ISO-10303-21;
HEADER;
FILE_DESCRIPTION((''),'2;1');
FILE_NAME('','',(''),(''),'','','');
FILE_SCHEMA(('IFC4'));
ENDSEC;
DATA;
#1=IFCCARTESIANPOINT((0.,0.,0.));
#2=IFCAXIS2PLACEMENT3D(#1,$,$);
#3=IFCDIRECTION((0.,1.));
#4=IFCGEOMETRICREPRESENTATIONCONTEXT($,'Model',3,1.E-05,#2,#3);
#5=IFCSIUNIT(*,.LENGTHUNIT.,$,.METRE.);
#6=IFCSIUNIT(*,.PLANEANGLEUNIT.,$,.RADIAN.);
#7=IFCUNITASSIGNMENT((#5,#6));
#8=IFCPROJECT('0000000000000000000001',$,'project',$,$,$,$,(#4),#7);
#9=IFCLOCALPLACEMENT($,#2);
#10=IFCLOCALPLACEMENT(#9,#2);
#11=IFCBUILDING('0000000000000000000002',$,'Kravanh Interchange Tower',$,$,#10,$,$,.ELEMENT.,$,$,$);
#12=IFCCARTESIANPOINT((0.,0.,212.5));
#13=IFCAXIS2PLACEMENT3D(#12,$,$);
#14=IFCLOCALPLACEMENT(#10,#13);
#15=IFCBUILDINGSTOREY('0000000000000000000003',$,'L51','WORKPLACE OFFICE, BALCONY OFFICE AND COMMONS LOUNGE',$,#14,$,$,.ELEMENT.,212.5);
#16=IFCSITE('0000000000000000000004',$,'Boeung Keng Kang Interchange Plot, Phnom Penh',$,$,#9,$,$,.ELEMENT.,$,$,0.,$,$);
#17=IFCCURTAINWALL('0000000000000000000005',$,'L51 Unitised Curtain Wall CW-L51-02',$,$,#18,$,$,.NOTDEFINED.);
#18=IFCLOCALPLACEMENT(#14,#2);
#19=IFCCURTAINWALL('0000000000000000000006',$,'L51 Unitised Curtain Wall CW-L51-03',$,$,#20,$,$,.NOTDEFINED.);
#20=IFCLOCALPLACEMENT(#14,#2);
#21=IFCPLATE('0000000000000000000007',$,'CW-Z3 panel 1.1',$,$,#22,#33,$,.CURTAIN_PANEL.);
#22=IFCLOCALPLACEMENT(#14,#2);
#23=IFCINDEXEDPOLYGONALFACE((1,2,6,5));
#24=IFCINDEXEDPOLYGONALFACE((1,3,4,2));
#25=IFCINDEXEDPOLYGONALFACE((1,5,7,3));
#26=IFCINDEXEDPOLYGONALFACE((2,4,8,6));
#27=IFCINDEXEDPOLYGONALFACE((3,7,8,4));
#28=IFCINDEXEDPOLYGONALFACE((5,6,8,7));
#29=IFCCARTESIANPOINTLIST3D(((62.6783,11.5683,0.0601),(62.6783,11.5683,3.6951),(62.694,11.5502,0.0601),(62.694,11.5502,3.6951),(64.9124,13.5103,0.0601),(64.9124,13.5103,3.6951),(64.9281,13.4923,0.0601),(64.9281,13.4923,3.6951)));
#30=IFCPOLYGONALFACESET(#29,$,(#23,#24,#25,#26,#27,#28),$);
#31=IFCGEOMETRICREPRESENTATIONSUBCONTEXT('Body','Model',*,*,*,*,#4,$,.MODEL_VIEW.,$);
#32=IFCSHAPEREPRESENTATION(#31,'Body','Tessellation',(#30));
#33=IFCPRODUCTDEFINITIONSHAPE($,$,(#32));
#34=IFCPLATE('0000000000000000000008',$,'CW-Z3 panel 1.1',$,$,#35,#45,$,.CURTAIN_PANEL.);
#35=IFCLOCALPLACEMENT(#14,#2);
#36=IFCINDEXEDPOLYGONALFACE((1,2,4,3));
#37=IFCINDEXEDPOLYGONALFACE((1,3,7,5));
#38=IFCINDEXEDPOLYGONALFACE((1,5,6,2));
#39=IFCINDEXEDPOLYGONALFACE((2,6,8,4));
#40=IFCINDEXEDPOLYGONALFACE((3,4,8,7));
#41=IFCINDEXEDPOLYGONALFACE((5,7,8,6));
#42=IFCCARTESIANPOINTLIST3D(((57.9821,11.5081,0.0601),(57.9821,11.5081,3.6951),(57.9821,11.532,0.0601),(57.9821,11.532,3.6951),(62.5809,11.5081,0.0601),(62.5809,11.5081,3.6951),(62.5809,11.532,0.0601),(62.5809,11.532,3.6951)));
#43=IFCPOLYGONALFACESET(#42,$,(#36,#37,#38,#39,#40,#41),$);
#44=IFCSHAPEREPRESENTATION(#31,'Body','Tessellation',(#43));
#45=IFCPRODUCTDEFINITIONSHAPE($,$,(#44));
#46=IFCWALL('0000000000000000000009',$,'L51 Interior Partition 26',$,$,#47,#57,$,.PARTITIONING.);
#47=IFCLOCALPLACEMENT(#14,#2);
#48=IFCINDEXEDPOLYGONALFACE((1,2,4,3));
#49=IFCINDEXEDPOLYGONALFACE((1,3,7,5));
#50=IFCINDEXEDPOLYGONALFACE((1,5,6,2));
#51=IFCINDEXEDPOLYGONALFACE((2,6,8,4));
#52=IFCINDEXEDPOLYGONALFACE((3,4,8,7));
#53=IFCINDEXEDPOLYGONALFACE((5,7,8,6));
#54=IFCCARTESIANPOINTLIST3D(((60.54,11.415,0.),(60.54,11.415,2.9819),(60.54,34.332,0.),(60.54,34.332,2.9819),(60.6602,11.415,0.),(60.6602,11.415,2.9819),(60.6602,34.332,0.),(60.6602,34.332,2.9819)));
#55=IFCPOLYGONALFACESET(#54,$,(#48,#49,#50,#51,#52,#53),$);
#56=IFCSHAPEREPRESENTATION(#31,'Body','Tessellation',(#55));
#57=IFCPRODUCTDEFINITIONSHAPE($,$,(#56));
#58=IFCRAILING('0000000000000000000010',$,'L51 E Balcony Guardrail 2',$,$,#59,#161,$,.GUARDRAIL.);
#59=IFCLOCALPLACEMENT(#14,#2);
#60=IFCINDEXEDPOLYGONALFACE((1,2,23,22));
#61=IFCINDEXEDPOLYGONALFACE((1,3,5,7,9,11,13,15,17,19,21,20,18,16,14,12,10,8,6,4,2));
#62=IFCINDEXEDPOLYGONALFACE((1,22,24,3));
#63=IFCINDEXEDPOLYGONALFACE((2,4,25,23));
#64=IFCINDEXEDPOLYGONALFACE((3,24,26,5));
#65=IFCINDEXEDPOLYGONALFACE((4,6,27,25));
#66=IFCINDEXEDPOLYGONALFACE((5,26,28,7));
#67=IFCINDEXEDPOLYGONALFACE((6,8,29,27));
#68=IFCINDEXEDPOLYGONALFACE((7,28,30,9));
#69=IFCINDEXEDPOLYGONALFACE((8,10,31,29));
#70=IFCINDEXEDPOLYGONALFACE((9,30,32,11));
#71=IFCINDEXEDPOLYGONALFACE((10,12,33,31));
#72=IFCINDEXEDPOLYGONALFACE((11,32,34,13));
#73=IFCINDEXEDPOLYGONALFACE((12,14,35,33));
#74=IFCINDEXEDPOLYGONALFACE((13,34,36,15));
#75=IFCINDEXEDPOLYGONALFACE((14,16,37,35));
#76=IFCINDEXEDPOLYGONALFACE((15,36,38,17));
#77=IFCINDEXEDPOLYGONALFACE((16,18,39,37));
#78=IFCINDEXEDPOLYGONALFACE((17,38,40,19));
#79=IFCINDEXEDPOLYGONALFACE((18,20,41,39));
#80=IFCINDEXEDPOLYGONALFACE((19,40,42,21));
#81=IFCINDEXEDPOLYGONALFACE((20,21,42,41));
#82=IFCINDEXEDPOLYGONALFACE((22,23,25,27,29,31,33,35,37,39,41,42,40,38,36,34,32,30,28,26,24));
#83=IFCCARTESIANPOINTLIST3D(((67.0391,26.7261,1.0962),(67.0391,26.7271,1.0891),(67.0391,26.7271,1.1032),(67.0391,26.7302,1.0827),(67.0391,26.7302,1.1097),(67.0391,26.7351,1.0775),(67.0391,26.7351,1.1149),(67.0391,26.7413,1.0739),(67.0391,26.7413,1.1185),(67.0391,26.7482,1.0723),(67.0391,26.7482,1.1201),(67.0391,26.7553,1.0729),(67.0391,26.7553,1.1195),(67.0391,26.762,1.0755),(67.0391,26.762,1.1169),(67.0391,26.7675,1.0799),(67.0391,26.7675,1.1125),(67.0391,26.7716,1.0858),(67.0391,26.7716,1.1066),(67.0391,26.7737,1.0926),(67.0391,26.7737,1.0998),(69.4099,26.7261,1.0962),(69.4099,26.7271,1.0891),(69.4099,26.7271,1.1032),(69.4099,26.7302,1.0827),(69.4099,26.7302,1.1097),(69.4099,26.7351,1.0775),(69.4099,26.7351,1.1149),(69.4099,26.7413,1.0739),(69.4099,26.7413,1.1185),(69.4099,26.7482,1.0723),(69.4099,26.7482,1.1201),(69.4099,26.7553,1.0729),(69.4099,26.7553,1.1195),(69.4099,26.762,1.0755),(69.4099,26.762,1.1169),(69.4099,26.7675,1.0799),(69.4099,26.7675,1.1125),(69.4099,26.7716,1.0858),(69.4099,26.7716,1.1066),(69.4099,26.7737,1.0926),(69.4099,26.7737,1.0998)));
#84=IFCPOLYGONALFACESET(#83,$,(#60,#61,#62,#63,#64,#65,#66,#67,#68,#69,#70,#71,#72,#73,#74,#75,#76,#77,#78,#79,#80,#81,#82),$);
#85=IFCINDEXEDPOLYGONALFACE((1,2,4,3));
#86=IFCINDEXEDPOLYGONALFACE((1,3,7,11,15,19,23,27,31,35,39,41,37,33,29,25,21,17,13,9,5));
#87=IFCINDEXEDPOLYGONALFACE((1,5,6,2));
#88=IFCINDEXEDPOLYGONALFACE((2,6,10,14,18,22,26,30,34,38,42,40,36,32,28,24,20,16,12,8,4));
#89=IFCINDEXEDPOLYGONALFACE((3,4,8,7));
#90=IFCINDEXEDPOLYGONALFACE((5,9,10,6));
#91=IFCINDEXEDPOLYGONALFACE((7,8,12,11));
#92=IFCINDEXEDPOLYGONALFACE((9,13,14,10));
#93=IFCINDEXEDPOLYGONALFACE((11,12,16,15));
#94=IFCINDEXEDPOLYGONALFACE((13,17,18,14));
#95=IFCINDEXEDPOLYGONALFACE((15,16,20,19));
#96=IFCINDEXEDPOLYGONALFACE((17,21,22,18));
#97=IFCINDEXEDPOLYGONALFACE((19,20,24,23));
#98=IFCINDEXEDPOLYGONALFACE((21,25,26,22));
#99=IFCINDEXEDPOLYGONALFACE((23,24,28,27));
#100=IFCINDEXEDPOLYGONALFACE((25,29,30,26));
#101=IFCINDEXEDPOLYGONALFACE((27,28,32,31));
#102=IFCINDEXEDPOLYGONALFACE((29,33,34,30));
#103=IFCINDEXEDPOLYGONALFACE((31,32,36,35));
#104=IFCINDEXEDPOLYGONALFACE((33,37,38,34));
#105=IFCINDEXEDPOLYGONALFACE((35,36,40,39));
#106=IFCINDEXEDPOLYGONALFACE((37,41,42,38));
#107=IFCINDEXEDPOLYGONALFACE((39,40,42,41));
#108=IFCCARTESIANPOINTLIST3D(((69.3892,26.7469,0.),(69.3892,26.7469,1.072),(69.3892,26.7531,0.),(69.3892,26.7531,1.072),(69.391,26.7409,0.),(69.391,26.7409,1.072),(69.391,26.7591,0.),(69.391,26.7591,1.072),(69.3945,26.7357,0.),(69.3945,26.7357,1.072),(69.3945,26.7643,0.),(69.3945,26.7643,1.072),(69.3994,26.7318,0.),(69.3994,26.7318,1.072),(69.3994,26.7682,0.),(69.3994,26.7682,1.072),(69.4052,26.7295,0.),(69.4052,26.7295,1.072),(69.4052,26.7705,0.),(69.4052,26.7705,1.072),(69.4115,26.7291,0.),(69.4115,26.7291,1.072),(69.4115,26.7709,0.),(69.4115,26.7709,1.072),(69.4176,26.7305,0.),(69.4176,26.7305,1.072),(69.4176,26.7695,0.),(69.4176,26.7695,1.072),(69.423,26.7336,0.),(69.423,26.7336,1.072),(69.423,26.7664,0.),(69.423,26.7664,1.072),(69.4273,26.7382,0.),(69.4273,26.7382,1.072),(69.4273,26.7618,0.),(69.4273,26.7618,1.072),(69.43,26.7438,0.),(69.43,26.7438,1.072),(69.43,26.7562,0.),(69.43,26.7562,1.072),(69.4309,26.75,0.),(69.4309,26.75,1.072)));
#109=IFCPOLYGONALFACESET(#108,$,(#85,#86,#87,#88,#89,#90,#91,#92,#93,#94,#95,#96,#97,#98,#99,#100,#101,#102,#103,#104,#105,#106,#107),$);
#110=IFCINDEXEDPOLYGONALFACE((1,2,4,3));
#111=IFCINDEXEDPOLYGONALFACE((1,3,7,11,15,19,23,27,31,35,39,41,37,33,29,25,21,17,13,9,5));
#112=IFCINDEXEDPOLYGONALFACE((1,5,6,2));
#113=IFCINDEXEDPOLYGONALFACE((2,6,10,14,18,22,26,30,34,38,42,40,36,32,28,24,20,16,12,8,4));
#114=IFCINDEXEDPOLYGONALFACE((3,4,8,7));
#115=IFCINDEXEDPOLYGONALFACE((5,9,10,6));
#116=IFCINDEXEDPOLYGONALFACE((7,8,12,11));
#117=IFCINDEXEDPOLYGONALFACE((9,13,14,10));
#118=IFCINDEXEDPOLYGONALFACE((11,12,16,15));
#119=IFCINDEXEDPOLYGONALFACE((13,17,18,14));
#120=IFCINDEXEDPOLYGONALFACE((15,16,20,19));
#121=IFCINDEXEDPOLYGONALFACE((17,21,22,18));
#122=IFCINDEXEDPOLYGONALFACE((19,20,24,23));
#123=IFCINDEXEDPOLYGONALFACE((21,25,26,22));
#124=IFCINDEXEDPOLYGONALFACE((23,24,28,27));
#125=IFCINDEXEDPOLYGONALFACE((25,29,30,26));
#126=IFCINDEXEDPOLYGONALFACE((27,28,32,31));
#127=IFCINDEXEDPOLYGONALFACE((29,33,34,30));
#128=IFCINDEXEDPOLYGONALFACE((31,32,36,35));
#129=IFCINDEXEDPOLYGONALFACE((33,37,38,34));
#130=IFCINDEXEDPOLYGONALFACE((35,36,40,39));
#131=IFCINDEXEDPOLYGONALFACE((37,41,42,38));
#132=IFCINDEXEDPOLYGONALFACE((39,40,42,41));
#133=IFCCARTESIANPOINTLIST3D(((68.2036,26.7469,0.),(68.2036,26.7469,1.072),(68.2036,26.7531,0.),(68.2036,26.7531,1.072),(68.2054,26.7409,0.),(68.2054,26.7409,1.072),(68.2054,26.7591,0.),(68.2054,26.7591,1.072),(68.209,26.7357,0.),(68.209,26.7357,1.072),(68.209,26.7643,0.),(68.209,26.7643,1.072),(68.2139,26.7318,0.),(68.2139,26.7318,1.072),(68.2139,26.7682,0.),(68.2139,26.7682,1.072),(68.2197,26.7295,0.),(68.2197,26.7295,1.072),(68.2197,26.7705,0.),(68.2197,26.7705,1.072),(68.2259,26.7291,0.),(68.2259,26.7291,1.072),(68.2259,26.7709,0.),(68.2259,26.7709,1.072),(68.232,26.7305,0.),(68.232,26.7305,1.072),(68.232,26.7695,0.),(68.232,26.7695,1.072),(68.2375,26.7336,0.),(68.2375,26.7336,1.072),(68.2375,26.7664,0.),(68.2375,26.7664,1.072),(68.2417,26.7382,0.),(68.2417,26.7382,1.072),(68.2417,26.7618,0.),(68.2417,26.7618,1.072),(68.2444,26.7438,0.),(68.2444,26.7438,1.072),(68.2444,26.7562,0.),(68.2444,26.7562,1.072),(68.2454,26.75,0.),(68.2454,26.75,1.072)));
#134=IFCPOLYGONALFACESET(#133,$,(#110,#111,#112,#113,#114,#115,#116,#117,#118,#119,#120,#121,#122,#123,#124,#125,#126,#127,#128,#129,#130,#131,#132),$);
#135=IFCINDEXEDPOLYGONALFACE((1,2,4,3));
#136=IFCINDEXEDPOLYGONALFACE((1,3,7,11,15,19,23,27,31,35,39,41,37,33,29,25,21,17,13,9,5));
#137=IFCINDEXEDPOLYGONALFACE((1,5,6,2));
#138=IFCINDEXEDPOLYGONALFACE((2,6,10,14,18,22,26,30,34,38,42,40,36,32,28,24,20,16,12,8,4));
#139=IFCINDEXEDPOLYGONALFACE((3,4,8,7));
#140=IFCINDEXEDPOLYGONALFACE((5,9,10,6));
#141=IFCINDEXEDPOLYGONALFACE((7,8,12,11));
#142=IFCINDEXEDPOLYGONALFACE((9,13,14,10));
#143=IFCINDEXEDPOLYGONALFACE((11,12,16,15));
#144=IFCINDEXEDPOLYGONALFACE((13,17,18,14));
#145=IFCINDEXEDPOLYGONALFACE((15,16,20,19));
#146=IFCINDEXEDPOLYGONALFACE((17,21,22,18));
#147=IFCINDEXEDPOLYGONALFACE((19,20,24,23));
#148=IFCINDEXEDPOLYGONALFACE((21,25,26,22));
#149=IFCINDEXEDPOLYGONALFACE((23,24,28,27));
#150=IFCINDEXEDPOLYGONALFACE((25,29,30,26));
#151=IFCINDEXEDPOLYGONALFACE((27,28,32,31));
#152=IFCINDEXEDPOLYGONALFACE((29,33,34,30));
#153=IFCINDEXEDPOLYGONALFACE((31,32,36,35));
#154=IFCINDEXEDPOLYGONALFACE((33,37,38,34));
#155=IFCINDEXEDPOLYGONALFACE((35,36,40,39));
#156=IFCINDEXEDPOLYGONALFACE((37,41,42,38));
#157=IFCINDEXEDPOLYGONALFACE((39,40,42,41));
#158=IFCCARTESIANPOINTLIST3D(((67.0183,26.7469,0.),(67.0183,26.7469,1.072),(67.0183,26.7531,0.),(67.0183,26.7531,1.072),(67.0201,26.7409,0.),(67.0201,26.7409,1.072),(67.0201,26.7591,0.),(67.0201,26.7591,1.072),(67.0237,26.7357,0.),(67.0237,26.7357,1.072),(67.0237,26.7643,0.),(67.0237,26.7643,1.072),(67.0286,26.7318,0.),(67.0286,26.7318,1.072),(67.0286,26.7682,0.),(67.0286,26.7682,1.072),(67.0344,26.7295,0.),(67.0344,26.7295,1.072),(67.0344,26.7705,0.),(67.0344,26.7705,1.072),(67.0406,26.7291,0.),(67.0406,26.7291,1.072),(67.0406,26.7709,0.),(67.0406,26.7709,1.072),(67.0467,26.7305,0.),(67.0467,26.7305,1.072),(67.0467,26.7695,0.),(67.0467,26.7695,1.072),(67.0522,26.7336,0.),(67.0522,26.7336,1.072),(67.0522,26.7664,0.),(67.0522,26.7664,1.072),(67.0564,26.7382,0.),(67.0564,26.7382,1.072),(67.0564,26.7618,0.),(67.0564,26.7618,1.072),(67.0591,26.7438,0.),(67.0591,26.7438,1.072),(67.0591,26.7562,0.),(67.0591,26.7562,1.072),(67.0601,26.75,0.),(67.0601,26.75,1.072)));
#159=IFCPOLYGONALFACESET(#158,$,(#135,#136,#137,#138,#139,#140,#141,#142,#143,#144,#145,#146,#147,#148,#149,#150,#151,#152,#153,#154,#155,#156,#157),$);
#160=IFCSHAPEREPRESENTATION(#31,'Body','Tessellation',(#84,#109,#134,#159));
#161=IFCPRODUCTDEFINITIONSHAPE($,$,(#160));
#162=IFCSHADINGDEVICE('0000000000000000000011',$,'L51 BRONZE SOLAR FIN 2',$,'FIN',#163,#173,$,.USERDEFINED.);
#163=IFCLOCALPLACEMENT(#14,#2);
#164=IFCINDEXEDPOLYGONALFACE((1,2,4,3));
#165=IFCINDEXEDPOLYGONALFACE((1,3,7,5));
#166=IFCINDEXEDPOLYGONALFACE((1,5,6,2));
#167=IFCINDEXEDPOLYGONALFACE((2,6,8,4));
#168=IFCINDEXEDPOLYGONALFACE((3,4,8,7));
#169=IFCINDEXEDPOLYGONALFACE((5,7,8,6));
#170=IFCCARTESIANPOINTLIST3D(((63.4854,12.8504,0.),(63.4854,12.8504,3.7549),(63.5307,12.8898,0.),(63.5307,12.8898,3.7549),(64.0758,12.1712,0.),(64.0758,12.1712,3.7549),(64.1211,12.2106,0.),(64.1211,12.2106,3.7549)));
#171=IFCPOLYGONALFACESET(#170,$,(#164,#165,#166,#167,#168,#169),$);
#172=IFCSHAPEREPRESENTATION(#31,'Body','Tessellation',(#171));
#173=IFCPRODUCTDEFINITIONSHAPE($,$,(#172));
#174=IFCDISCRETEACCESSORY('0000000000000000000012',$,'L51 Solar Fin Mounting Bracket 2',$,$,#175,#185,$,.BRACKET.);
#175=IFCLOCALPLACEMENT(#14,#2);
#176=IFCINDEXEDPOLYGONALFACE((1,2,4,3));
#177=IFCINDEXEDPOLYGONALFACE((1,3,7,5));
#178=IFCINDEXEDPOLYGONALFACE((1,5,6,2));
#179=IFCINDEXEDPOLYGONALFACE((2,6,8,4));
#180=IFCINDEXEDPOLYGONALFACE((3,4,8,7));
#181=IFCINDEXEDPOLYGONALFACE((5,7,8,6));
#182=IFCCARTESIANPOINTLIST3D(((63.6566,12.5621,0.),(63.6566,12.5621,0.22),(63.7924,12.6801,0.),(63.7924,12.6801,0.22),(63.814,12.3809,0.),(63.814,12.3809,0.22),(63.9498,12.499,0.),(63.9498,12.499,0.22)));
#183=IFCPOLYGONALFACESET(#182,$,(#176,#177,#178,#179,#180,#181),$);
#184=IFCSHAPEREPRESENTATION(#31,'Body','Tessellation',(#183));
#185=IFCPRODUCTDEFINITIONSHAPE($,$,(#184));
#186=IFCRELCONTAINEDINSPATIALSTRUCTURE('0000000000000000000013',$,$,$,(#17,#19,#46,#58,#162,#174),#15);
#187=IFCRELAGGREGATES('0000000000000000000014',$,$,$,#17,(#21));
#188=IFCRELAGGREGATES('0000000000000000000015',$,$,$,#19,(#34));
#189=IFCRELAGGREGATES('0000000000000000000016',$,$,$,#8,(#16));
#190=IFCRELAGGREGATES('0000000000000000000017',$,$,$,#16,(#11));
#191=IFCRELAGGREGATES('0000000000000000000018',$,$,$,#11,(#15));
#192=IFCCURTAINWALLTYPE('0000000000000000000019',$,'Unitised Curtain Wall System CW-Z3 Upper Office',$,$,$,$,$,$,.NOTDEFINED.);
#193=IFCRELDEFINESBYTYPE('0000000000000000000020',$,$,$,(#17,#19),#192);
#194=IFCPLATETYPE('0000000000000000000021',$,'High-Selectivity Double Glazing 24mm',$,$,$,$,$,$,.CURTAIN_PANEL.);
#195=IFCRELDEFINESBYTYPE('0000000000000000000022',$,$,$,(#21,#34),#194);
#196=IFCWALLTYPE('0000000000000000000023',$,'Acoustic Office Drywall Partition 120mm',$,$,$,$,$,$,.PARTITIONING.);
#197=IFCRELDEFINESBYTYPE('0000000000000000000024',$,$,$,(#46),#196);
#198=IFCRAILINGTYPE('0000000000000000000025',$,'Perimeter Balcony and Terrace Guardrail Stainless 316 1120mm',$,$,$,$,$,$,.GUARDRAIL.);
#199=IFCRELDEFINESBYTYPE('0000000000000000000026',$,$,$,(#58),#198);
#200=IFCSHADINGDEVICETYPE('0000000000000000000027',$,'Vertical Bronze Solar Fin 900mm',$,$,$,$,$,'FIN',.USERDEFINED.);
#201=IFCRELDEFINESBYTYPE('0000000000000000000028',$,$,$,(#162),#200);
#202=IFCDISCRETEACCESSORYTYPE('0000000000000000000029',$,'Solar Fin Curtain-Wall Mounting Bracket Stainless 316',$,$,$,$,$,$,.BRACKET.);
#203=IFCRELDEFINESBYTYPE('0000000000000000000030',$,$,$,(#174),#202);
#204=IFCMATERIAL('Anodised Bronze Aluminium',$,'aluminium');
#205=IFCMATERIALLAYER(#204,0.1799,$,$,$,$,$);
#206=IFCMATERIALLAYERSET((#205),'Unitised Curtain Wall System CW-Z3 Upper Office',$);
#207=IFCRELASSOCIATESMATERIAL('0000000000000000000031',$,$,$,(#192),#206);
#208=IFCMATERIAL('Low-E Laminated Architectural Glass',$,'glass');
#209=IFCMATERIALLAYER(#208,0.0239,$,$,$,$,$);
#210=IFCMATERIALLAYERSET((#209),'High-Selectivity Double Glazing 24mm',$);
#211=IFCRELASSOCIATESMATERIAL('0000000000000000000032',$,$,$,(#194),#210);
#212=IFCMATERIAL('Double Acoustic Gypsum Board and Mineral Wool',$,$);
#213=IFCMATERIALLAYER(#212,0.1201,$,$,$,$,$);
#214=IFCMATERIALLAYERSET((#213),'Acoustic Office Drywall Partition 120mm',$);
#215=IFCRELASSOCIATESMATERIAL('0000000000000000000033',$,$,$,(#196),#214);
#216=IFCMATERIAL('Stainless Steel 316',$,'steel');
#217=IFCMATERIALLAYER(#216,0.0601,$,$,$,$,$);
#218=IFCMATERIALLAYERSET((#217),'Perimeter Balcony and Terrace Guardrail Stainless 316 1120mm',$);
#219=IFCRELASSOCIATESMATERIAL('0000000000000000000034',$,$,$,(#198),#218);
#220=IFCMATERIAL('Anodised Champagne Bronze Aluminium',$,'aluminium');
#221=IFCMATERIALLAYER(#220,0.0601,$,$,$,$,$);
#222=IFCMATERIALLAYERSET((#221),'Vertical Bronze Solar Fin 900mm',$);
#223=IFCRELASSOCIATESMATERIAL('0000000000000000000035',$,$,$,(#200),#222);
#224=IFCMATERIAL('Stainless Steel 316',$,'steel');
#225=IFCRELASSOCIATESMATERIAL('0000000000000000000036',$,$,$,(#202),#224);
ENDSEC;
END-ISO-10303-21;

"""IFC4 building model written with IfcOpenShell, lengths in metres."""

from ifc_helpers import new_model, si_unit, direction, frame, frame_2d, origin, origin_2d, place, context, subcontext, project, spatial, rectangle, circle, extrude, material, layer, layer_set, type_object, element, aggregate, save


model = new_model("IFC4")

# Units and contexts
model_context = context("Model", 3, precision=1e-05, world=origin(), true_north=direction((0.0, 1.0)))
body_context = subcontext(model_context, "Body", "Model", "MODEL_VIEW")
ifc_project = project(units=[si_unit("LENGTHUNIT", "METRE"), si_unit("PLANEANGLEUNIT", "RADIAN")], contexts=[model_context])

# Site, building, storey
site_placement = place(None, origin())
site = spatial("IfcSite", under=ifc_project, at=site_placement, Name="Boeung Keng Kang Interchange Plot, Phnom Penh", CompositionType="ELEMENT", RefElevation=0.0)
building_placement = place(site_placement, origin())
building = spatial("IfcBuilding", under=site, at=building_placement, Name="Kravanh Interchange Tower", CompositionType="ELEMENT")
storey_placement = place(building_placement, frame((0.0, 0.0, 212.5)))
storey = spatial("IfcBuildingStorey", under=building, at=storey_placement, Name="L51", Description="WORKPLACE OFFICE, BALCONY OFFICE AND COMMONS LOUNGE", CompositionType="ELEMENT", Elevation=212.5)

# Curtain walls
ifc_material_1 = material(Name="Anodised Bronze Aluminium", Category="aluminium")
ifc_layer_1 = layer(ifc_material_1, 0.1799)
ifc_layer_set_1 = layer_set([ifc_layer_1], Name="Unitised Curtain Wall System CW-Z3 Upper Office")
curtain_wall_type = type_object("IfcCurtainWallType", Name="Unitised Curtain Wall System CW-Z3 Upper Office", PredefinedType="NOTDEFINED", material=ifc_layer_set_1)
curtain_wall_1_placement = place(storey_placement, origin())
curtain_wall_1 = element("IfcCurtainWall", 1, at=curtain_wall_1_placement, inside=storey, type_object=curtain_wall_type, Name="L51 Unitised Curtain Wall CW-L51-02", PredefinedType="NOTDEFINED")
curtain_wall_2_placement = place(storey_placement, origin())
curtain_wall_2 = element("IfcCurtainWall", 2, at=curtain_wall_2_placement, inside=storey, type_object=curtain_wall_type, Name="L51 Unitised Curtain Wall CW-L51-03", PredefinedType="NOTDEFINED")

# Plates
ifc_material_2 = material(Name="Low-E Laminated Architectural Glass", Category="glass")
ifc_layer_2 = layer(ifc_material_2, 0.0239)
ifc_layer_set_2 = layer_set([ifc_layer_2], Name="High-Selectivity Double Glazing 24mm")
plate_type = type_object("IfcPlateType", Name="High-Selectivity Double Glazing 24mm", PredefinedType="CURTAIN_PANEL", material=ifc_layer_set_2)
plate_1_placement = place(storey_placement, frame((63.8032, 12.5303, 0.0601), z_axis=(0.0, 0.0, 1.0), x_axis=(-0.754717, -0.656051, 0.0)))
plate_1 = element("IfcPlate", 3, at=plate_1_placement, type_object=plate_type, Name="CW-Z3 panel 1.1", PredefinedType="CURTAIN_PANEL", context=body_context, shape_type="SweptSolid", body=[
    extrude(rectangle(XDim=2.9602, YDim=0.0239, at=origin_2d()), origin(), (0.0, 0.0, 1.0), 3.635),
])
aggregate(curtain_wall_1, [plate_1])
plate_2_placement = place(storey_placement, frame((60.2815, 11.52, 0.0601), z_axis=(0.0, 0.0, 1.0), x_axis=(-1.0, 0.0, 0.0)))
plate_2 = element("IfcPlate", 4, at=plate_2_placement, type_object=plate_type, Name="CW-Z3 panel 1.1", PredefinedType="CURTAIN_PANEL", context=body_context, shape_type="SweptSolid", body=[
    extrude(rectangle(XDim=4.5989, YDim=0.0239, at=origin_2d()), origin(), (0.0, 0.0, 1.0), 3.635),
])
aggregate(curtain_wall_2, [plate_2])

# Wall
ifc_material_3 = material(Name="Double Acoustic Gypsum Board and Mineral Wool")
ifc_layer_3 = layer(ifc_material_3, 0.1201)
ifc_layer_set_3 = layer_set([ifc_layer_3], Name="Acoustic Office Drywall Partition 120mm")
wall_type = type_object("IfcWallType", Name="Acoustic Office Drywall Partition 120mm", PredefinedType="PARTITIONING", material=ifc_layer_set_3)
wall_placement = place(storey_placement, frame((60.6001, 11.415, 0.0), z_axis=(0.0, 0.0, 1.0), x_axis=(0.0, 1.0, 0.0)))
element("IfcWall", 5, at=wall_placement, inside=storey, type_object=wall_type, Name="L51 Interior Partition 26", PredefinedType="PARTITIONING", context=body_context, shape_type="SweptSolid", body=[
    extrude(rectangle(XDim=22.917, YDim=0.1201, at=frame_2d((11.4585, 0.0))), origin(), (0.0, 0.0, 1.0), 2.9819),
])

# Railing
ifc_material_4 = material(Name="Stainless Steel 316", Category="steel")
ifc_layer_4 = layer(ifc_material_4, 0.0601)
ifc_layer_set_4 = layer_set([ifc_layer_4], Name="Perimeter Balcony and Terrace Guardrail Stainless 316 1120mm")
railing_type = type_object("IfcRailingType", Name="Perimeter Balcony and Terrace Guardrail Stainless 316 1120mm", PredefinedType="GUARDRAIL", material=ifc_layer_set_4)
railing_placement = place(storey_placement, frame((69.4099, 26.75, 0.0)))
element("IfcRailing", 6, at=railing_placement, inside=storey, type_object=railing_type, Name="L51 E Balcony Guardrail 2", PredefinedType="GUARDRAIL", context=body_context, shape_type="SweptSolid", body=[
    extrude(circle(Radius=0.0239, at=origin_2d()), frame((0.0, 0.0, 1.0962), z_axis=(-1.0, 0.0, 0.0), x_axis=(0.0, -1.0, 0.0)), (0.0, 0.0, 1.0), 2.3708),
    extrude(circle(Radius=0.021, at=origin_2d()), origin(), (0.0, 0.0, 1.0), 1.072),
    extrude(circle(Radius=0.021, at=origin_2d()), frame((-1.1855, 0.0, 0.0)), (0.0, 0.0, 1.0), 1.072),
    extrude(circle(Radius=0.021, at=origin_2d()), frame((-2.3708, 0.0, 0.0)), (0.0, 0.0, 1.0), 1.072),
])

# Shading device
ifc_material_5 = material(Name="Anodised Champagne Bronze Aluminium", Category="aluminium")
ifc_layer_5 = layer(ifc_material_5, 0.0601)
ifc_layer_set_5 = layer_set([ifc_layer_5], Name="Vertical Bronze Solar Fin 900mm")
shading_device_type = type_object("IfcShadingDeviceType", Name="Vertical Bronze Solar Fin 900mm", ElementType="FIN", PredefinedType="USERDEFINED", material=ifc_layer_set_5)
shading_device_placement = place(storey_placement, frame((63.8032, 12.5305, 0.0), z_axis=(0.0, 0.0, 1.0), x_axis=(0.65606, -0.754709, 0.0)))
element("IfcShadingDevice", 7, at=shading_device_placement, inside=storey, type_object=shading_device_type, Name="L51 BRONZE SOLAR FIN 2", ObjectType="FIN", PredefinedType="USERDEFINED", context=body_context, shape_type="SweptSolid", body=[
    extrude(rectangle(XDim=0.8999, YDim=0.0601, at=origin_2d()), origin(), (0.0, 0.0, 1.0), 3.7549),
])

# Discrete accessory
ifc_material_6 = material(Name="Stainless Steel 316", Category="steel")
discrete_accessory_type = type_object("IfcDiscreteAccessoryType", Name="Solar Fin Curtain-Wall Mounting Bracket Stainless 316", PredefinedType="BRACKET", material=ifc_material_6)
discrete_accessory_placement = place(storey_placement, frame((63.8032, 12.5305, 0.0), z_axis=(0.0, 0.0, 1.0), x_axis=(0.65606, -0.754709, 0.0)))
element("IfcDiscreteAccessory", 8, at=discrete_accessory_placement, inside=storey, type_object=discrete_accessory_type, Name="L51 Solar Fin Mounting Bracket 2", PredefinedType="BRACKET", context=body_context, shape_type="SweptSolid", body=[
    extrude(rectangle(XDim=0.24, YDim=0.1799, at=origin_2d()), origin(), (0.0, 0.0, 1.0), 0.22),
])

save(model, "model.ifc")
